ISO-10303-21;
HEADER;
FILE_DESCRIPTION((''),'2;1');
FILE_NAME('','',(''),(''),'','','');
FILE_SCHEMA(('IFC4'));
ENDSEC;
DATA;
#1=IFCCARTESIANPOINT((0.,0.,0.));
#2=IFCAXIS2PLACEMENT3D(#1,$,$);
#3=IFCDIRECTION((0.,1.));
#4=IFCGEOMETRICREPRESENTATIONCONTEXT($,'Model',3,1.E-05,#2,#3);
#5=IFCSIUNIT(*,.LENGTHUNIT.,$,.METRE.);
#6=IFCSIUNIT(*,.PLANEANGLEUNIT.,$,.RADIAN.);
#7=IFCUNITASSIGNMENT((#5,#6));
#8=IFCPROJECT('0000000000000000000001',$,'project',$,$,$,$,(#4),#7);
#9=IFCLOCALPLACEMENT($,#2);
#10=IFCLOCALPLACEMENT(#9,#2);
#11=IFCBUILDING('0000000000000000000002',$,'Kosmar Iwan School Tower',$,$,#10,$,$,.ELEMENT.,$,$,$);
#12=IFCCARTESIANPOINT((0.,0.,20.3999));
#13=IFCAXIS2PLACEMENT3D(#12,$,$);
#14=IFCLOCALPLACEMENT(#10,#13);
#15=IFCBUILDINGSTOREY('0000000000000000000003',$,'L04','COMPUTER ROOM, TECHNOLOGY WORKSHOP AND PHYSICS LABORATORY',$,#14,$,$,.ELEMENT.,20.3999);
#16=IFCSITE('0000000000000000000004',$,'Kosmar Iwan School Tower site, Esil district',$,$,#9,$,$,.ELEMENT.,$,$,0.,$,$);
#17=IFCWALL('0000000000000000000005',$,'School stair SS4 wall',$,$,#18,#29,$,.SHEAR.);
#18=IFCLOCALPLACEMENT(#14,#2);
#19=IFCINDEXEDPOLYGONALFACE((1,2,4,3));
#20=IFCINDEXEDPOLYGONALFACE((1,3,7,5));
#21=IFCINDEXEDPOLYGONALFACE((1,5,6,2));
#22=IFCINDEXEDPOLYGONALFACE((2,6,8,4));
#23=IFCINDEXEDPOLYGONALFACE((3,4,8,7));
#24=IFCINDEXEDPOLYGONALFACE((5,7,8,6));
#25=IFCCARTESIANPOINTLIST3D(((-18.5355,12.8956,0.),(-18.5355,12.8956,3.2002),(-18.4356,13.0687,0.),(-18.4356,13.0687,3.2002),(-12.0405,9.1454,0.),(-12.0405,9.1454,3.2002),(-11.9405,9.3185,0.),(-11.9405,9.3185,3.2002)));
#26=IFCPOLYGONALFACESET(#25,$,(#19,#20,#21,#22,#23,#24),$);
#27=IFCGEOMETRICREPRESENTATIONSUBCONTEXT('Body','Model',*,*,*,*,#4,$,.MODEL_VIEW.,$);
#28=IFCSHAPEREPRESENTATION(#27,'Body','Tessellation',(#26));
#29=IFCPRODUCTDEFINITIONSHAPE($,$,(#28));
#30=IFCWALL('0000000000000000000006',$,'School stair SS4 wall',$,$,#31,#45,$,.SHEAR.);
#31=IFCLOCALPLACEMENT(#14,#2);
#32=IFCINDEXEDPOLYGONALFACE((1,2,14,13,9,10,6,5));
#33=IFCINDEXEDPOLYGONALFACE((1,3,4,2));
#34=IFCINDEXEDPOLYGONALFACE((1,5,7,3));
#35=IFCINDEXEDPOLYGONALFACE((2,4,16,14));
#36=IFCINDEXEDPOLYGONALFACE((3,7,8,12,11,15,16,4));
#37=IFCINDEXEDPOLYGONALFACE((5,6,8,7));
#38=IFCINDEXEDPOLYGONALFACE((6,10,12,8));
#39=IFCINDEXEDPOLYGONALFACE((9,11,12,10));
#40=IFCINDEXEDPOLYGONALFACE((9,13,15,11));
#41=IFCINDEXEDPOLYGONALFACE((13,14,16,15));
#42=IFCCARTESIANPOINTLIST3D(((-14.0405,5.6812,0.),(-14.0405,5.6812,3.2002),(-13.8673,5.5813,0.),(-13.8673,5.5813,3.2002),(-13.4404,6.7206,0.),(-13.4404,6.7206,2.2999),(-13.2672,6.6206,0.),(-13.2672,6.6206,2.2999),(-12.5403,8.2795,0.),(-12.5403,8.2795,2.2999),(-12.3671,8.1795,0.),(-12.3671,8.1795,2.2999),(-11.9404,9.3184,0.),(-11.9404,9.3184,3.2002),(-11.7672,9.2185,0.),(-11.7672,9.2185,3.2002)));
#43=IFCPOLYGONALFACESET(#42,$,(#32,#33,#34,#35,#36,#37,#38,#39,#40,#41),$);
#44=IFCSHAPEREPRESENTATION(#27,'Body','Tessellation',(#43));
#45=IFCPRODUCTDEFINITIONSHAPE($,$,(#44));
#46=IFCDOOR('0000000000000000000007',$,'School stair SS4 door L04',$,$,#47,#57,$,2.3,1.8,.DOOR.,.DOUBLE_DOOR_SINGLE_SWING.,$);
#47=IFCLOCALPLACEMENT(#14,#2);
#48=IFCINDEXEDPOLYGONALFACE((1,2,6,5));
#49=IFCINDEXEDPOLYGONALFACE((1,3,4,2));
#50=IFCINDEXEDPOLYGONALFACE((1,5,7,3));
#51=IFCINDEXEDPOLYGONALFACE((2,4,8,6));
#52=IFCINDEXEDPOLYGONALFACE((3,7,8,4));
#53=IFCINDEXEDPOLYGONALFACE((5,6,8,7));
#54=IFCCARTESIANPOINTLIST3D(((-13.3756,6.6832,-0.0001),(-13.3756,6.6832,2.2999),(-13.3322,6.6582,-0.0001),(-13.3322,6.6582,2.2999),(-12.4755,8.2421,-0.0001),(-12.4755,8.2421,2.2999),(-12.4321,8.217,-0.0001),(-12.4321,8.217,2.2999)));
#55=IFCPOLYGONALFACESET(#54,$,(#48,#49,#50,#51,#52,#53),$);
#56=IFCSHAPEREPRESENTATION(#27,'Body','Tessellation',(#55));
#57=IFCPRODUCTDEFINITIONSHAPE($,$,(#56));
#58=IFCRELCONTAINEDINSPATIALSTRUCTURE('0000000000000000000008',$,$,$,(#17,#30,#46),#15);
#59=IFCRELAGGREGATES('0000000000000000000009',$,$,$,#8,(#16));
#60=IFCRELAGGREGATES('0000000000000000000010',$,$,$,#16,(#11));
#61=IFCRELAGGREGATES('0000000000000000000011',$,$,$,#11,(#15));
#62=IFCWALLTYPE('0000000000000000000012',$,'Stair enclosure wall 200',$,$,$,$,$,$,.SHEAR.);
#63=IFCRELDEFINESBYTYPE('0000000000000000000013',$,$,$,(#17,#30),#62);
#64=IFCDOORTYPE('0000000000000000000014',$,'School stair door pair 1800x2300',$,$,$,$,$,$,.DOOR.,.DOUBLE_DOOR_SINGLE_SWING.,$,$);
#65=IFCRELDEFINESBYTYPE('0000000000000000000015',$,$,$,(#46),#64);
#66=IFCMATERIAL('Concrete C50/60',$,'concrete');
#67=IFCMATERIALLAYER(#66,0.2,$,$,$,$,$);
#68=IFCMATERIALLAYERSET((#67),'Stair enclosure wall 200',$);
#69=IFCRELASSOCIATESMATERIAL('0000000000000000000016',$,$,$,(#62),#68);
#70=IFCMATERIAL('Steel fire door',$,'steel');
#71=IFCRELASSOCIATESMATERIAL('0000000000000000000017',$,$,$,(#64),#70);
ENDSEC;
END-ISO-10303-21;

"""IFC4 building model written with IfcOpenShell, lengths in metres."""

from ifc_helpers import new_model, si_unit, direction, frame, frame_2d, origin, place, context, subcontext, project, spatial, rectangle, extrude, material, layer, layer_set, type_object, element, fill, save


model = new_model("IFC4")

# Units and contexts
model_context = context("Model", 3, precision=1e-05, world=origin(), true_north=direction((0.0, 1.0)))
body_context = subcontext(model_context, "Body", "Model", "MODEL_VIEW")
ifc_project = project(units=[si_unit("LENGTHUNIT", "METRE"), si_unit("PLANEANGLEUNIT", "RADIAN")], contexts=[model_context])

# Site, building, storey
site_placement = place(None, origin())
site = spatial("IfcSite", under=ifc_project, at=site_placement, Name="Kosmar Iwan School Tower site, Esil district", CompositionType="ELEMENT", RefElevation=0.0)
building_placement = place(site_placement, origin())
building = spatial("IfcBuilding", under=site, at=building_placement, Name="Kosmar Iwan School Tower", CompositionType="ELEMENT")
storey_placement = place(building_placement, frame((0.0, 0.0, 20.3999)))
storey = spatial("IfcBuildingStorey", under=building, at=storey_placement, Name="L04", Description="COMPUTER ROOM, TECHNOLOGY WORKSHOP AND PHYSICS LABORATORY", CompositionType="ELEMENT", Elevation=20.3999)

# Wall
ifc_material_1 = material(Name="Concrete C50/60", Category="concrete")
ifc_layer_1 = layer(ifc_material_1, 0.2)
ifc_layer_set_1 = layer_set([ifc_layer_1], Name="Stair enclosure wall 200")
wall_type_1 = type_object("IfcWallType", Name="Stair enclosure wall 200", PredefinedType="SHEAR", material=ifc_layer_set_1)
wall_1_placement = place(storey_placement, frame((-11.9905, 9.2319, 0.0), z_axis=(0.0, 0.0, 1.0), x_axis=(-0.866009, 0.500029, 0.0)))
element("IfcWall", 1, at=wall_1_placement, inside=storey, type_object=wall_type_1, Name="School stair SS4 wall", PredefinedType="SHEAR", context=body_context, shape_type="SweptSolid", body=[
    extrude(rectangle(XDim=7.5, YDim=0.2, at=frame_2d((3.75, 0.0))), origin(), (0.0, 0.0, 1.0), 3.2002),
])

# Wall, opening, door
wall_2_placement = place(storey_placement, frame((-11.8538, 9.2686, 0.0), z_axis=(0.0, 0.0, 1.0), x_axis=(-0.500028, -0.866009, 0.0)))
wall_2 = element("IfcWall", 2, at=wall_2_placement, inside=storey, type_object=wall_type_1, Name="School stair SS4 wall", PredefinedType="SHEAR", context=body_context, shape_type="SweptSolid", body=[
    extrude(rectangle(XDim=4.2, YDim=0.2, at=frame_2d((2.1001, 0.0))), origin(), (0.0, 0.0, 1.0), 3.2002),
])
opening_1_placement = place(wall_2_placement, frame((1.2, 0.0, 0.0)))
opening_1 = element("IfcOpeningElement", 3, at=opening_1_placement, cuts=wall_2, PredefinedType="OPENING", context=body_context, shape_type="SweptSolid", body=[
    extrude(rectangle(XDim=1.8, YDim=2.3, at=frame_2d((0.8999, 1.1499))), frame((0.0, 0.1121, 0.0), z_axis=(0.0, -1.0, 0.0), x_axis=(1.0, 0.0, 0.0)), (0.0, 0.0, 1.0), 0.2239),
])
ifc_material_2 = material(Name="Steel fire door", Category="steel")
door_type_1 = type_object("IfcDoorType", Name="School stair door pair 1800x2300", OperationType="DOUBLE_DOOR_SINGLE_SWING", PredefinedType="DOOR", material=ifc_material_2)
door_1_placement = place(opening_1_placement, origin())
door_1 = element("IfcDoor", 4, at=door_1_placement, inside=storey, type_object=door_type_1, Name="School stair SS4 door L04", OperationType="DOUBLE_DOOR_SINGLE_SWING", OverallHeight=2.3, OverallWidth=1.8, PredefinedType="DOOR", context=body_context, shape_type="SweptSolid", body=[
    extrude(rectangle(XDim=1.8, YDim=2.3, at=frame_2d((0.8999, 1.1499))), frame((0.0, 0.0249, 0.0), z_axis=(0.0, -1.0, 0.0), x_axis=(1.0, 0.0, 0.0)), (0.0, 0.0, 1.0), 0.05),
])
fill(opening_1, door_1)

save(model, "model.ifc")
